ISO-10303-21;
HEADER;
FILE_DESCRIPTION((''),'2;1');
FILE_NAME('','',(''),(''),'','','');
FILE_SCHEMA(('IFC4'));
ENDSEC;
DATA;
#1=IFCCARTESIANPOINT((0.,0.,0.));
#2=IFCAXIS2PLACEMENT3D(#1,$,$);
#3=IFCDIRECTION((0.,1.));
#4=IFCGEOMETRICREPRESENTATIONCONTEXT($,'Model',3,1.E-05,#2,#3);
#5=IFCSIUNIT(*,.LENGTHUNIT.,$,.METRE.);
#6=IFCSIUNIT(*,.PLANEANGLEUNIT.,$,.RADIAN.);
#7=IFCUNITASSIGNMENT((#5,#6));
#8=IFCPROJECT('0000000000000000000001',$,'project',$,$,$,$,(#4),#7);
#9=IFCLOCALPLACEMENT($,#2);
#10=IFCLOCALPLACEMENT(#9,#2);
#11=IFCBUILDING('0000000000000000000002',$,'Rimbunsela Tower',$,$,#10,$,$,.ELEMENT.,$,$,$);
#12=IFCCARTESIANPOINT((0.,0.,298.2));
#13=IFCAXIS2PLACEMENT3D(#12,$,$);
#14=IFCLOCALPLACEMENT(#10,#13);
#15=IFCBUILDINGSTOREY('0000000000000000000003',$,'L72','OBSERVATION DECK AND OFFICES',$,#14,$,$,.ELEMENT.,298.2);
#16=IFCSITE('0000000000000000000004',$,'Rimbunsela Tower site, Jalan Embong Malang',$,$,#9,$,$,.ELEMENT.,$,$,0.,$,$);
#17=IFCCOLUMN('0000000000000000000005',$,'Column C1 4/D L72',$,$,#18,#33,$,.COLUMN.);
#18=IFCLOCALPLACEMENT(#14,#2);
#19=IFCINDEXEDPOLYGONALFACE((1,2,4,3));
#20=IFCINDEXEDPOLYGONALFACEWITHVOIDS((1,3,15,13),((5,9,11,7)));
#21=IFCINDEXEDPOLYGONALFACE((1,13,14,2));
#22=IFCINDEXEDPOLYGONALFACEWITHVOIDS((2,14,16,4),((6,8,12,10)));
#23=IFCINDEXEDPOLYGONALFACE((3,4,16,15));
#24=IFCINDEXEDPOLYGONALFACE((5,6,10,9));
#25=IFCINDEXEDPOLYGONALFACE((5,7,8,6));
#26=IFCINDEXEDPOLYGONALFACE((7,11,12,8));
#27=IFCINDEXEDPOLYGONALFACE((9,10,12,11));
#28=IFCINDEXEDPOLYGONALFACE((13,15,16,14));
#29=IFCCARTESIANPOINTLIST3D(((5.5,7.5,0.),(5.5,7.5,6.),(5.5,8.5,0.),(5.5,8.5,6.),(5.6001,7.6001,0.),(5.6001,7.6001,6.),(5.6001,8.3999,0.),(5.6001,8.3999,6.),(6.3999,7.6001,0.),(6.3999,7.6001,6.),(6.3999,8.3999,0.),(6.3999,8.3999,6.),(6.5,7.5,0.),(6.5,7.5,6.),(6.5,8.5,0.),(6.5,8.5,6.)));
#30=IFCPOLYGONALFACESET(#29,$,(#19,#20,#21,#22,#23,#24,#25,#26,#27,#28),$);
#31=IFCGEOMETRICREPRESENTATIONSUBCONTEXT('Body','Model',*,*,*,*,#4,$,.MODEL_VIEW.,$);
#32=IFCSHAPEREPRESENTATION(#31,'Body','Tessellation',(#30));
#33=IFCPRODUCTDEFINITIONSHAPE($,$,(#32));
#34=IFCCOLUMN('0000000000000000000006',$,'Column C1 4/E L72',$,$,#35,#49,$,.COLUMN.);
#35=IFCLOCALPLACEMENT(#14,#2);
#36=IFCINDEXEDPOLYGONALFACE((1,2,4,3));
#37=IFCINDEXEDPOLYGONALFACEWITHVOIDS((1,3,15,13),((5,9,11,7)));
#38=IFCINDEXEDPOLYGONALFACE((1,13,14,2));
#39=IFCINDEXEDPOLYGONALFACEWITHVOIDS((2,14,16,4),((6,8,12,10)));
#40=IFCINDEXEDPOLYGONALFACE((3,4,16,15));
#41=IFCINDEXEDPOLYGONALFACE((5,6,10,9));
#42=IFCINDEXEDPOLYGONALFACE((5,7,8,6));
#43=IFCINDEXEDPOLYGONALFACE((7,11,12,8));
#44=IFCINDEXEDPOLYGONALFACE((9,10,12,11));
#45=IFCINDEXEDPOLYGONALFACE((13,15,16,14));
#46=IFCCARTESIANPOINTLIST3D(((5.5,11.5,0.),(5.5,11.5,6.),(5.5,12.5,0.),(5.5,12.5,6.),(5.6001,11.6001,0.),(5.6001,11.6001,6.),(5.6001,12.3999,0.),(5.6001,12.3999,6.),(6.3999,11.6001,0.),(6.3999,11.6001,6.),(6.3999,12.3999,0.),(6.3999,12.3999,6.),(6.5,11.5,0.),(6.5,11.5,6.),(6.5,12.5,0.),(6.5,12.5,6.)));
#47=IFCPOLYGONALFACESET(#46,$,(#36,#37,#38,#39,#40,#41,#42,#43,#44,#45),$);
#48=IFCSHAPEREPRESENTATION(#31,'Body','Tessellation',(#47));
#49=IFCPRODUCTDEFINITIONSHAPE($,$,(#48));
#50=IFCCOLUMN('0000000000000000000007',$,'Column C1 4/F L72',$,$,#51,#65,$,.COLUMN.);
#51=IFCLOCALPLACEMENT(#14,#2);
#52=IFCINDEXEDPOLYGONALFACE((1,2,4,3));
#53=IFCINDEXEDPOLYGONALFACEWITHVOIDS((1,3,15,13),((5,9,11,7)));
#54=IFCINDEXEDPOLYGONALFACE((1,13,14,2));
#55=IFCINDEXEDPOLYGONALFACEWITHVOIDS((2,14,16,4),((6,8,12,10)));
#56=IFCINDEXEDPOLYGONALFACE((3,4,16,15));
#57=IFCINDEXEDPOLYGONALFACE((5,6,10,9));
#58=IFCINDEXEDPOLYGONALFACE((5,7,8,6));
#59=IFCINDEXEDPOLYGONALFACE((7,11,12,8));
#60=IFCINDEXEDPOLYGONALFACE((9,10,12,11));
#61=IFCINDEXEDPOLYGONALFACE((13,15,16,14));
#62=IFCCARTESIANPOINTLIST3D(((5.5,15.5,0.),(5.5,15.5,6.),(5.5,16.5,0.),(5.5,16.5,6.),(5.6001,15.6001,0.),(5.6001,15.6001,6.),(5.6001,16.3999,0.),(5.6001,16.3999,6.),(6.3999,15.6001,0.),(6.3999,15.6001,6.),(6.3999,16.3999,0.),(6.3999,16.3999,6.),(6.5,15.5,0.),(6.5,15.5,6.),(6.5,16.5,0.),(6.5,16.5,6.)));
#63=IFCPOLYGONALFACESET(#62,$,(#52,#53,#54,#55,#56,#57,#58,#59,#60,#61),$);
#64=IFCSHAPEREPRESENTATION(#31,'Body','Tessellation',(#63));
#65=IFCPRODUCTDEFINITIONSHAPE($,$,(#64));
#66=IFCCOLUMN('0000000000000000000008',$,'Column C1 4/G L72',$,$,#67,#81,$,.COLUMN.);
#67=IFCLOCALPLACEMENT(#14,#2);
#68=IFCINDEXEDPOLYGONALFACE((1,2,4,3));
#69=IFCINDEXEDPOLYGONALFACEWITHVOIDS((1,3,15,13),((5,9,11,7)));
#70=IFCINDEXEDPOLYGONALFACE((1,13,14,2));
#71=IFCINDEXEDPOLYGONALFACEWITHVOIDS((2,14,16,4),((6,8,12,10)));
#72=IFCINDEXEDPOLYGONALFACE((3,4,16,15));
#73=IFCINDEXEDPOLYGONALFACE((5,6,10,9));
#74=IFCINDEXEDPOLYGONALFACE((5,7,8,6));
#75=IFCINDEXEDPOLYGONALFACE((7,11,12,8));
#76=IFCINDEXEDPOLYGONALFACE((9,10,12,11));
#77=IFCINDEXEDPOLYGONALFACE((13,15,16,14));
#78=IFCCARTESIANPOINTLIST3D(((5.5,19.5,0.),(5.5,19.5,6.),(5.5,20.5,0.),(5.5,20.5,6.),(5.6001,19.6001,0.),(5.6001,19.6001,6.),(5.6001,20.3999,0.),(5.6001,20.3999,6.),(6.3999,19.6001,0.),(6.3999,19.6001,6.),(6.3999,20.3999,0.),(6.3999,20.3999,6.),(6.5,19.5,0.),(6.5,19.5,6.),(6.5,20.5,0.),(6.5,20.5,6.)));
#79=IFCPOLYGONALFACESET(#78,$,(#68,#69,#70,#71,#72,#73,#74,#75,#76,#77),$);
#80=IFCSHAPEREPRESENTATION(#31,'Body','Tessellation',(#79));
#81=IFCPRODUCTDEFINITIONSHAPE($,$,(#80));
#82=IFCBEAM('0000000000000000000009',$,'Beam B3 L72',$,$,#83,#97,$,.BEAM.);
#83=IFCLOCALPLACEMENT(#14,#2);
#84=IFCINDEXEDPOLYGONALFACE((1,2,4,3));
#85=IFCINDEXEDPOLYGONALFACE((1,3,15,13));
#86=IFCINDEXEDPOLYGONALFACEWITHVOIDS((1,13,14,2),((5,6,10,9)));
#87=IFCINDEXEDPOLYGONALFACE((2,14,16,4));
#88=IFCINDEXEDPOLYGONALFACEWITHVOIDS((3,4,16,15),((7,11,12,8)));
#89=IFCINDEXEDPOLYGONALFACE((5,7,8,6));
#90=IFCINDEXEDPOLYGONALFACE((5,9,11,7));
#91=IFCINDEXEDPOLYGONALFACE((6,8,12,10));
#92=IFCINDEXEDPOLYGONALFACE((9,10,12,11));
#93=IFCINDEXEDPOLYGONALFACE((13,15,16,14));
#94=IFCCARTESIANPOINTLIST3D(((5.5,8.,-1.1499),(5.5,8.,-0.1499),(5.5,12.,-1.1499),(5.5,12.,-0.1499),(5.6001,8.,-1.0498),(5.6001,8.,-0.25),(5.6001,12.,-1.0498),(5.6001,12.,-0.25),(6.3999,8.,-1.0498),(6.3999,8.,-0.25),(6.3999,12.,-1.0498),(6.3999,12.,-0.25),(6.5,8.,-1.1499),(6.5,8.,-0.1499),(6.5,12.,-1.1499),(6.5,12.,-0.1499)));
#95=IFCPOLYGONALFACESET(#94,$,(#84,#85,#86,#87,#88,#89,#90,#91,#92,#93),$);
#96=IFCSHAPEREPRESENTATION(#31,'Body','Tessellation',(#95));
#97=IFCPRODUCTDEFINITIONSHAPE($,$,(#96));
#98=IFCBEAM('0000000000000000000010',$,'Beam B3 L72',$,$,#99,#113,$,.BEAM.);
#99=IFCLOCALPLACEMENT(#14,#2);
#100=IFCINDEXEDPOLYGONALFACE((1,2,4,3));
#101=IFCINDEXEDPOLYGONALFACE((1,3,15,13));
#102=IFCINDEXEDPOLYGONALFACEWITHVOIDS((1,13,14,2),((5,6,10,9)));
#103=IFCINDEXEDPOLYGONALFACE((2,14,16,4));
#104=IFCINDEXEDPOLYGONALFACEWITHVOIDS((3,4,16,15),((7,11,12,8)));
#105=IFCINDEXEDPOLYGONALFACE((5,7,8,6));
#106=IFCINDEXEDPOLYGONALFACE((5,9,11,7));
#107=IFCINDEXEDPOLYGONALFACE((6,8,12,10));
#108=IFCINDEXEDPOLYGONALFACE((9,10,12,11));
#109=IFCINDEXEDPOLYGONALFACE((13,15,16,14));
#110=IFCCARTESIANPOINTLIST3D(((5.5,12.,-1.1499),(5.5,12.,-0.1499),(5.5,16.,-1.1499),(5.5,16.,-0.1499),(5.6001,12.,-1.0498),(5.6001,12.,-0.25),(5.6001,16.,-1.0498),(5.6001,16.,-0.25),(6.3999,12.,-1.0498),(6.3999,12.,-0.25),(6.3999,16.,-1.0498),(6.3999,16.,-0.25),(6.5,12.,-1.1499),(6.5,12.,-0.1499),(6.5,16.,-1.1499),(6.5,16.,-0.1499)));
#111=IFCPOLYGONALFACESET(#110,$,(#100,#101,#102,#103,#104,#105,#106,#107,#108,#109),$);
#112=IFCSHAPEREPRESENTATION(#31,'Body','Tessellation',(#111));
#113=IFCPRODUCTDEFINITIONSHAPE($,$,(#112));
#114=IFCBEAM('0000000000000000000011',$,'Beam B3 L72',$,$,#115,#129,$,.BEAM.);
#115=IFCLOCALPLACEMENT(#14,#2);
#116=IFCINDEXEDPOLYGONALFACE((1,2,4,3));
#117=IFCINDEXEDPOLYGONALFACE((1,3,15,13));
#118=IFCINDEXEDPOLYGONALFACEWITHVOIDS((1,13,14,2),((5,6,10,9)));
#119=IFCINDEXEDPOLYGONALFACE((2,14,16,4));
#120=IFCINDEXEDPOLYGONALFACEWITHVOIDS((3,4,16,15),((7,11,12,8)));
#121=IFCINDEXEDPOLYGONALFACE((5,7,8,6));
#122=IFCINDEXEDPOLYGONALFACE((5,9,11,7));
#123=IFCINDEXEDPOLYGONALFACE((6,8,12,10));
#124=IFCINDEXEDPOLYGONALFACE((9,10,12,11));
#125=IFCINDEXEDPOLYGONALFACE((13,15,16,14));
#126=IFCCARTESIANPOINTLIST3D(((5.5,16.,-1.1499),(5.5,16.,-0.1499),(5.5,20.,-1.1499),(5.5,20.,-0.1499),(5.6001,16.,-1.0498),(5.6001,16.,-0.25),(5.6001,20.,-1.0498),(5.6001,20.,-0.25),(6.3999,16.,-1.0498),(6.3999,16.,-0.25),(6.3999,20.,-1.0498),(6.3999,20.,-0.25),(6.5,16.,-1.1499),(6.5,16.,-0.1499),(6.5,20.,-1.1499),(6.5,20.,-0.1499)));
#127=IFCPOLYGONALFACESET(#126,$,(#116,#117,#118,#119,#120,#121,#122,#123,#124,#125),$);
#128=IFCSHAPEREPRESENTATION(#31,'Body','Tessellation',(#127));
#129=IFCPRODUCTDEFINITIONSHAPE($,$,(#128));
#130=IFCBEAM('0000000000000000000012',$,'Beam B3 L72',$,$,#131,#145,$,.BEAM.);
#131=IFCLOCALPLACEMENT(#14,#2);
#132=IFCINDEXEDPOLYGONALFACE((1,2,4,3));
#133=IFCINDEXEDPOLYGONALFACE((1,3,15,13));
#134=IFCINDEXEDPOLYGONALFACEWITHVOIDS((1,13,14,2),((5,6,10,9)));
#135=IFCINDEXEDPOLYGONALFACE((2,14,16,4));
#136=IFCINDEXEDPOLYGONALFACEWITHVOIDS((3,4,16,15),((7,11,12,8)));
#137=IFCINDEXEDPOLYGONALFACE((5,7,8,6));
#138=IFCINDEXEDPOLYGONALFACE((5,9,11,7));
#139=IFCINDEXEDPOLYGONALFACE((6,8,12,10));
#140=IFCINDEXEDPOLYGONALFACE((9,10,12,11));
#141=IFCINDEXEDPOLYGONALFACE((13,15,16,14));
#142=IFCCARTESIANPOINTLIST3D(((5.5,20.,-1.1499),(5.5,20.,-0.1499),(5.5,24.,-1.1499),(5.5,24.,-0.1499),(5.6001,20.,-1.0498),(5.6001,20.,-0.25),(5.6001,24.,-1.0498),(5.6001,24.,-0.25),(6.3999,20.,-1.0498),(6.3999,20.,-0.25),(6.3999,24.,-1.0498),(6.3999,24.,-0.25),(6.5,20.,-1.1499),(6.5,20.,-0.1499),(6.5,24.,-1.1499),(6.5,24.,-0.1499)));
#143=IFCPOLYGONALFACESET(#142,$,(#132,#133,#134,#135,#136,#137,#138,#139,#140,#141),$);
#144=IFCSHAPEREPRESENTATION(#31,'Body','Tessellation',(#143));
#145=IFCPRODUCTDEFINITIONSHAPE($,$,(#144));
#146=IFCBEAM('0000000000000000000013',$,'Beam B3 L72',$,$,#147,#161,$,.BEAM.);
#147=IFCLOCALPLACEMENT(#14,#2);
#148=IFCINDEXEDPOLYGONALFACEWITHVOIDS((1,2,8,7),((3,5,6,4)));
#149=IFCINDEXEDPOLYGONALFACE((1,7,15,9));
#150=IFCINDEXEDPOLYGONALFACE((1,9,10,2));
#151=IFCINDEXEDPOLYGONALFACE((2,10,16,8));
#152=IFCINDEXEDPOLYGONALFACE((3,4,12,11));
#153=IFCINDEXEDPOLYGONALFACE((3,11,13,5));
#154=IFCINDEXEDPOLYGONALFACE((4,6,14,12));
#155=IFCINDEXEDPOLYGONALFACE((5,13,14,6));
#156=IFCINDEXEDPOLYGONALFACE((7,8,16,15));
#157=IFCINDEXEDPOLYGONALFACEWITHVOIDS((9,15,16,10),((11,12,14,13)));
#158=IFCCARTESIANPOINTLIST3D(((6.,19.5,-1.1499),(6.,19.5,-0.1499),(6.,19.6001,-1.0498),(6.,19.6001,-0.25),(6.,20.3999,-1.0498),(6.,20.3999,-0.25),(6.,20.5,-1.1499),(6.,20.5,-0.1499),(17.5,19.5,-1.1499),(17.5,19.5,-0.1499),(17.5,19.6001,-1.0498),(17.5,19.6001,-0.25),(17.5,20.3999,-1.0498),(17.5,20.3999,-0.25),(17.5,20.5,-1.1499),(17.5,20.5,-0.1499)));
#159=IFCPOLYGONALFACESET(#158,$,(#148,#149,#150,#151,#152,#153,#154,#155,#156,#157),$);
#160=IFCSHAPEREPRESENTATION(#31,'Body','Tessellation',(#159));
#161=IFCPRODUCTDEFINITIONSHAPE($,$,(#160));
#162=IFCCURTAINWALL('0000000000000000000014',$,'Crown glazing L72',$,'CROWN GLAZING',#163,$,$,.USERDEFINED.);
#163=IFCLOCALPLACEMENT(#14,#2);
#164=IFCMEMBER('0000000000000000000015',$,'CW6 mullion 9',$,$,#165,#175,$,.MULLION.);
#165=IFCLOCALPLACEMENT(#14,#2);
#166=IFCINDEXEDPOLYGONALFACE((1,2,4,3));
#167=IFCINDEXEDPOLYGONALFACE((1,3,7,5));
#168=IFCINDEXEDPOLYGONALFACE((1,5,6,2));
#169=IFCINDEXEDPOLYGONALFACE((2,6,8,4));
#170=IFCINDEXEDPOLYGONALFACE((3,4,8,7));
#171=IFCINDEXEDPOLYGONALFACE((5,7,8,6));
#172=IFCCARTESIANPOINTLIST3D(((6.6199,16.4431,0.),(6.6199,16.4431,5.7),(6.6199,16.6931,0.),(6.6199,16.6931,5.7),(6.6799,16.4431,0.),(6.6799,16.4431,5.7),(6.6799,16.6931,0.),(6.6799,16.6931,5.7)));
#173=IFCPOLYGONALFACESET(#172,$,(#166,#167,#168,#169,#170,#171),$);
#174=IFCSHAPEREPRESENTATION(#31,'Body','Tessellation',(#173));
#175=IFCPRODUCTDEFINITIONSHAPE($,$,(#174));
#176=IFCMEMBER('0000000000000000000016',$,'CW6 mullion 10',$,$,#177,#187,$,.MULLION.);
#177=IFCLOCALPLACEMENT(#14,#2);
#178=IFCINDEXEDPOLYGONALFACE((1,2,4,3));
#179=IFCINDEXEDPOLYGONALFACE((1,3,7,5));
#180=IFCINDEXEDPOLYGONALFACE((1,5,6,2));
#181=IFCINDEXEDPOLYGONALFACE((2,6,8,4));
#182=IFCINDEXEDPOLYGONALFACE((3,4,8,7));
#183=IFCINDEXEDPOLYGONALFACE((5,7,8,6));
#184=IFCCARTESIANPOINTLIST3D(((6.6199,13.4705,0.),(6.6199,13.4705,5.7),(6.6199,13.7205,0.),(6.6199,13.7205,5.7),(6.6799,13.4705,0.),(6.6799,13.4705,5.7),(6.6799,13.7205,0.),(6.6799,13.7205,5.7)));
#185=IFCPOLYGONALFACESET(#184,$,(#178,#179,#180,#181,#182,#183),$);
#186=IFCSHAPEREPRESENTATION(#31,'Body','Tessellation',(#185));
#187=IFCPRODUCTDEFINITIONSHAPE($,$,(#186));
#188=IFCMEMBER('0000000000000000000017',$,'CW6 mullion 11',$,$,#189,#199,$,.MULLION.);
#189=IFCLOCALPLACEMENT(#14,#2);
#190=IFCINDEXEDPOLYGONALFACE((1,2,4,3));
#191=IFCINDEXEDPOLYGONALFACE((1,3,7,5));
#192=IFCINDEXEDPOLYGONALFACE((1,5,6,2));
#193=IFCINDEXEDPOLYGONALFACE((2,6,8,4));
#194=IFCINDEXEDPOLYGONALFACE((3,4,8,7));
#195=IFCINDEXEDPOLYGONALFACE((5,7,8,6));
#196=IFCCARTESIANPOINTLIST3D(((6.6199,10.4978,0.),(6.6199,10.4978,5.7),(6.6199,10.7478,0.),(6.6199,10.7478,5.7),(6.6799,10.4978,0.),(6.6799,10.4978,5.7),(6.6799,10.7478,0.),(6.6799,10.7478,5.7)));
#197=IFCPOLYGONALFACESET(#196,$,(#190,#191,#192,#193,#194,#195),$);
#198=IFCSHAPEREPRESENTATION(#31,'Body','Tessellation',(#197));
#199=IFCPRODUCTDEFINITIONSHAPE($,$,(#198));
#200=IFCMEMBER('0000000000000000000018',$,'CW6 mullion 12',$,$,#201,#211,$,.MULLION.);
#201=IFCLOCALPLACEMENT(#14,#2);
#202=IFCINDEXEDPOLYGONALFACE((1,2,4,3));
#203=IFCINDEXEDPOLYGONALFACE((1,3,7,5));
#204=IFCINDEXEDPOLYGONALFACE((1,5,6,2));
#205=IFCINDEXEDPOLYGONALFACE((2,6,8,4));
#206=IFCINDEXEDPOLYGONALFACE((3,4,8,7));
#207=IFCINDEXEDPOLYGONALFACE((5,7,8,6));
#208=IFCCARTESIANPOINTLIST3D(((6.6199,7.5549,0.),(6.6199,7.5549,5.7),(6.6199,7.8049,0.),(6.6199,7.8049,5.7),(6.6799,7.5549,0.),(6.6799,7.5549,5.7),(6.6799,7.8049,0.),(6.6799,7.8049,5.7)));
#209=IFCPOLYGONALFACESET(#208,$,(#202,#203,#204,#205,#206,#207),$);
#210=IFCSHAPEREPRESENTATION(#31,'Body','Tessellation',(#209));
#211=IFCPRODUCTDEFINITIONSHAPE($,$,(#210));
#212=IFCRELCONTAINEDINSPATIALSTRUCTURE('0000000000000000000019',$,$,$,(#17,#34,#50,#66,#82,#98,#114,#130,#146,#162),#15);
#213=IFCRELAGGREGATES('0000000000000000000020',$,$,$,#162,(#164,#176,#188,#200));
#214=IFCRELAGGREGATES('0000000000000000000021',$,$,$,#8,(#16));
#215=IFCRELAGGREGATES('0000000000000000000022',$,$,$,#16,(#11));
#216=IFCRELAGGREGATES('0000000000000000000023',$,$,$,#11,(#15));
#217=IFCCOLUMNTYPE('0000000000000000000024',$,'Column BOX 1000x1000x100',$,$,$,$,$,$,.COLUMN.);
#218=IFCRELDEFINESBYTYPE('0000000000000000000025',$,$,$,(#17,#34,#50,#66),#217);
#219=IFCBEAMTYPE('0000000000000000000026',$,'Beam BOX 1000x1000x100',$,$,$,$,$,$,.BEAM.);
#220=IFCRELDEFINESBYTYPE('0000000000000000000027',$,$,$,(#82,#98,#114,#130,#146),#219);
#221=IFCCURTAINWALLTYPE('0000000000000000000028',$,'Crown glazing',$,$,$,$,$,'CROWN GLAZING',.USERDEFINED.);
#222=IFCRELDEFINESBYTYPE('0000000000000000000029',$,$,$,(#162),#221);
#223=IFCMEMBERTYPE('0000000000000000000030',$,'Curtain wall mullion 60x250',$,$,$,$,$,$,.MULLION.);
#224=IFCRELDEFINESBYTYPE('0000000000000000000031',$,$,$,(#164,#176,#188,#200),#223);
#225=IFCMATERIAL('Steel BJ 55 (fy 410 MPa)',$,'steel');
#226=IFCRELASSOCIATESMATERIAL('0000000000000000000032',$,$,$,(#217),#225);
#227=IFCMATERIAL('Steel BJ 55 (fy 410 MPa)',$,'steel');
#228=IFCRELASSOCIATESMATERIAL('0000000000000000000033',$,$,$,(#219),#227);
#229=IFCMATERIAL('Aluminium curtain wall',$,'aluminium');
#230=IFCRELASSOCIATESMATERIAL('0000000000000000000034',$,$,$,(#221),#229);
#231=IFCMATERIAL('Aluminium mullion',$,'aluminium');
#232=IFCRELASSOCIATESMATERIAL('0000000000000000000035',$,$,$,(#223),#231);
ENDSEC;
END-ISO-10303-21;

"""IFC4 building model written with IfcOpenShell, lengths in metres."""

from ifc_helpers import new_model, si_unit, direction, frame, origin, origin_2d, place, context, subcontext, project, spatial, rectangle, hollow_rectangle, extrude, material, material_profile, profile_set, type_object, element, aggregate, save


model = new_model("IFC4")

# Units and contexts
model_context = context("Model", 3, precision=1e-05, world=origin(), true_north=direction((0.0, 1.0)))
body_context = subcontext(model_context, "Body", "Model", "MODEL_VIEW")
ifc_project = project(units=[si_unit("LENGTHUNIT", "METRE"), si_unit("PLANEANGLEUNIT", "RADIAN")], contexts=[model_context])

# Site, building, storey
site_placement = place(None, origin())
site = spatial("IfcSite", under=ifc_project, at=site_placement, Name="Rimbunsela Tower site, Jalan Embong Malang", CompositionType="ELEMENT", RefElevation=0.0)
building_placement = place(site_placement, origin())
building = spatial("IfcBuilding", under=site, at=building_placement, Name="Rimbunsela Tower", CompositionType="ELEMENT")
storey_placement = place(building_placement, frame((0.0, 0.0, 298.2)))
storey = spatial("IfcBuildingStorey", under=building, at=storey_placement, Name="L72", Description="OBSERVATION DECK AND OFFICES", CompositionType="ELEMENT", Elevation=298.2)

# Columns
ifc_material_1 = material(Name="Steel BJ 55 (fy 410 MPa)", Category="steel")
ifc_material_profile_1 = material_profile(ifc_material_1, hollow_rectangle(XDim=1.0, YDim=1.0, WallThickness=0.1001, at=origin_2d()), Name="BOX 1000x1000x100")
ifc_profile_set_1 = profile_set([ifc_material_profile_1], Name="Steel BJ 55 (fy 410 MPa)")
column_type = type_object("IfcColumnType", Name="Column BOX 1000x1000x100", PredefinedType="COLUMN", material=ifc_profile_set_1)
for number, where, z_axis, x_axis, name in (
    (1, (6.0, 8.0, 0.0), (0.0, 0.0, 1.0), (1.0, 0.0, 0.0), "Column C1 4/D L72"),
    (2, (6.0, 12.0, 0.0), (0.0, 0.0, 1.0), (1.0, 0.0, 0.0), "Column C1 4/E L72"),
    (3, (6.0, 16.0, 0.0), (0.0, 0.0, 1.0), (1.0, 0.0, 0.0), "Column C1 4/F L72"),
    (4, (6.0, 20.0, 0.0), (0.0, 0.0, 1.0), (1.0, 0.0, 0.0), "Column C1 4/G L72"),
):
    element("IfcColumn", number, at=place(storey_placement, frame(where, z_axis=z_axis, x_axis=x_axis)), inside=storey, type_object=column_type, Name=name, PredefinedType="COLUMN", context=body_context, shape_type="SweptSolid", body=[
        extrude(hollow_rectangle(XDim=1.0, YDim=1.0, WallThickness=0.1001, at=origin_2d()), origin(), (0.0, 0.0, 1.0), 6.0),
    ])

# Beams
ifc_material_2 = material(Name="Steel BJ 55 (fy 410 MPa)", Category="steel")
ifc_material_profile_2 = material_profile(ifc_material_2, hollow_rectangle(XDim=1.0, YDim=1.0, WallThickness=0.1001, at=origin_2d()), Name="BOX 1000x1000x100")
ifc_profile_set_2 = profile_set([ifc_material_profile_2], Name="Steel BJ 55 (fy 410 MPa)")
beam_type = type_object("IfcBeamType", Name="Beam BOX 1000x1000x100", PredefinedType="BEAM", material=ifc_profile_set_2)
for number, where, z_axis, x_axis, name in (
    (5, (6.0, 8.0, -0.6499), (0.0, 1.0, 0.0), (-1.0, 0.0, 0.0), "Beam B3 L72"),
    (6, (6.0, 12.0, -0.6499), (0.0, 1.0, 0.0), (-1.0, 0.0, 0.0), "Beam B3 L72"),
    (7, (6.0, 16.0, -0.6499), (0.0, 1.0, 0.0), (-1.0, 0.0, 0.0), "Beam B3 L72"),
    (8, (6.0, 20.0, -0.6499), (0.0, 1.0, 0.0), (-1.0, 0.0, 0.0), "Beam B3 L72"),
):
    element("IfcBeam", number, at=place(storey_placement, frame(where, z_axis=z_axis, x_axis=x_axis)), inside=storey, type_object=beam_type, Name=name, PredefinedType="BEAM", context=body_context, shape_type="SweptSolid", body=[
        extrude(hollow_rectangle(XDim=1.0, YDim=1.0, WallThickness=0.1001, at=origin_2d()), origin(), (0.0, 0.0, 1.0), 4.0),
    ])
beam_placement = place(storey_placement, frame((6.0, 20.0, -0.6499), z_axis=(1.0, 0.0, 0.0), x_axis=(0.0, 1.0, 0.0)))
element("IfcBeam", 9, at=beam_placement, inside=storey, type_object=beam_type, Name="Beam B3 L72", PredefinedType="BEAM", context=body_context, shape_type="SweptSolid", body=[
    extrude(hollow_rectangle(XDim=1.0, YDim=1.0, WallThickness=0.1001, at=origin_2d()), origin(), (0.0, 0.0, 1.0), 11.5),
])

# Curtain wall, members
ifc_material_3 = material(Name="Aluminium curtain wall", Category="aluminium")
curtain_wall_type = type_object("IfcCurtainWallType", Name="Crown glazing", ElementType="CROWN GLAZING", PredefinedType="USERDEFINED", material=ifc_material_3)
curtain_wall_placement = place(storey_placement, origin())
curtain_wall = element("IfcCurtainWall", 10, at=curtain_wall_placement, inside=storey, type_object=curtain_wall_type, Name="Crown glazing L72", ObjectType="CROWN GLAZING", PredefinedType="USERDEFINED")
ifc_material_4 = material(Name="Aluminium mullion", Category="aluminium")
ifc_material_profile_3 = material_profile(ifc_material_4, rectangle(XDim=0.0601, YDim=0.25, at=origin_2d()), Name="Mullion 60x250")
ifc_profile_set_3 = profile_set([ifc_material_profile_3], Name="Aluminium mullion")
member_type_1 = type_object("IfcMemberType", Name="Curtain wall mullion 60x250", PredefinedType="MULLION", material=ifc_profile_set_3)
member_1_placement = place(storey_placement, frame((6.6499, 16.5681, 0.0), z_axis=(0.0, 0.0, 1.0), x_axis=(1.0, 0.0, 0.0)))
member_1 = element("IfcMember", 11, at=member_1_placement, type_object=member_type_1, Name="CW6 mullion 9", PredefinedType="MULLION", context=body_context, shape_type="SweptSolid", body=[
    extrude(rectangle(XDim=0.0601, YDim=0.25, at=origin_2d()), origin(), (0.0, 0.0, 1.0), 5.7),
])
member_2_placement = place(storey_placement, frame((6.6499, 13.5955, 0.0), z_axis=(0.0, 0.0, 1.0), x_axis=(1.0, 0.0, 0.0)))
member_2 = element("IfcMember", 12, at=member_2_placement, type_object=member_type_1, Name="CW6 mullion 10", PredefinedType="MULLION", context=body_context, shape_type="SweptSolid", body=[
    extrude(rectangle(XDim=0.0601, YDim=0.25, at=origin_2d()), origin(), (0.0, 0.0, 1.0), 5.7),
])
member_3_placement = place(storey_placement, frame((6.6499, 10.6228, 0.0), z_axis=(0.0, 0.0, 1.0), x_axis=(1.0, 0.0, 0.0)))
member_3 = element("IfcMember", 13, at=member_3_placement, type_object=member_type_1, Name="CW6 mullion 11", PredefinedType="MULLION", context=body_context, shape_type="SweptSolid", body=[
    extrude(rectangle(XDim=0.0601, YDim=0.25, at=origin_2d()), origin(), (0.0, 0.0, 1.0), 5.7),
])
member_4_placement = place(storey_placement, frame((6.6499, 7.6799, 0.0), z_axis=(0.0, 0.0, 1.0), x_axis=(1.0, 0.0, 0.0)))
member_4 = element("IfcMember", 14, at=member_4_placement, type_object=member_type_1, Name="CW6 mullion 12", PredefinedType="MULLION", context=body_context, shape_type="SweptSolid", body=[
    extrude(rectangle(XDim=0.0601, YDim=0.25, at=origin_2d()), origin(), (0.0, 0.0, 1.0), 5.7),
])
aggregate(curtain_wall, [member_1, member_2, member_3, member_4])

save(model, "model.ifc")
